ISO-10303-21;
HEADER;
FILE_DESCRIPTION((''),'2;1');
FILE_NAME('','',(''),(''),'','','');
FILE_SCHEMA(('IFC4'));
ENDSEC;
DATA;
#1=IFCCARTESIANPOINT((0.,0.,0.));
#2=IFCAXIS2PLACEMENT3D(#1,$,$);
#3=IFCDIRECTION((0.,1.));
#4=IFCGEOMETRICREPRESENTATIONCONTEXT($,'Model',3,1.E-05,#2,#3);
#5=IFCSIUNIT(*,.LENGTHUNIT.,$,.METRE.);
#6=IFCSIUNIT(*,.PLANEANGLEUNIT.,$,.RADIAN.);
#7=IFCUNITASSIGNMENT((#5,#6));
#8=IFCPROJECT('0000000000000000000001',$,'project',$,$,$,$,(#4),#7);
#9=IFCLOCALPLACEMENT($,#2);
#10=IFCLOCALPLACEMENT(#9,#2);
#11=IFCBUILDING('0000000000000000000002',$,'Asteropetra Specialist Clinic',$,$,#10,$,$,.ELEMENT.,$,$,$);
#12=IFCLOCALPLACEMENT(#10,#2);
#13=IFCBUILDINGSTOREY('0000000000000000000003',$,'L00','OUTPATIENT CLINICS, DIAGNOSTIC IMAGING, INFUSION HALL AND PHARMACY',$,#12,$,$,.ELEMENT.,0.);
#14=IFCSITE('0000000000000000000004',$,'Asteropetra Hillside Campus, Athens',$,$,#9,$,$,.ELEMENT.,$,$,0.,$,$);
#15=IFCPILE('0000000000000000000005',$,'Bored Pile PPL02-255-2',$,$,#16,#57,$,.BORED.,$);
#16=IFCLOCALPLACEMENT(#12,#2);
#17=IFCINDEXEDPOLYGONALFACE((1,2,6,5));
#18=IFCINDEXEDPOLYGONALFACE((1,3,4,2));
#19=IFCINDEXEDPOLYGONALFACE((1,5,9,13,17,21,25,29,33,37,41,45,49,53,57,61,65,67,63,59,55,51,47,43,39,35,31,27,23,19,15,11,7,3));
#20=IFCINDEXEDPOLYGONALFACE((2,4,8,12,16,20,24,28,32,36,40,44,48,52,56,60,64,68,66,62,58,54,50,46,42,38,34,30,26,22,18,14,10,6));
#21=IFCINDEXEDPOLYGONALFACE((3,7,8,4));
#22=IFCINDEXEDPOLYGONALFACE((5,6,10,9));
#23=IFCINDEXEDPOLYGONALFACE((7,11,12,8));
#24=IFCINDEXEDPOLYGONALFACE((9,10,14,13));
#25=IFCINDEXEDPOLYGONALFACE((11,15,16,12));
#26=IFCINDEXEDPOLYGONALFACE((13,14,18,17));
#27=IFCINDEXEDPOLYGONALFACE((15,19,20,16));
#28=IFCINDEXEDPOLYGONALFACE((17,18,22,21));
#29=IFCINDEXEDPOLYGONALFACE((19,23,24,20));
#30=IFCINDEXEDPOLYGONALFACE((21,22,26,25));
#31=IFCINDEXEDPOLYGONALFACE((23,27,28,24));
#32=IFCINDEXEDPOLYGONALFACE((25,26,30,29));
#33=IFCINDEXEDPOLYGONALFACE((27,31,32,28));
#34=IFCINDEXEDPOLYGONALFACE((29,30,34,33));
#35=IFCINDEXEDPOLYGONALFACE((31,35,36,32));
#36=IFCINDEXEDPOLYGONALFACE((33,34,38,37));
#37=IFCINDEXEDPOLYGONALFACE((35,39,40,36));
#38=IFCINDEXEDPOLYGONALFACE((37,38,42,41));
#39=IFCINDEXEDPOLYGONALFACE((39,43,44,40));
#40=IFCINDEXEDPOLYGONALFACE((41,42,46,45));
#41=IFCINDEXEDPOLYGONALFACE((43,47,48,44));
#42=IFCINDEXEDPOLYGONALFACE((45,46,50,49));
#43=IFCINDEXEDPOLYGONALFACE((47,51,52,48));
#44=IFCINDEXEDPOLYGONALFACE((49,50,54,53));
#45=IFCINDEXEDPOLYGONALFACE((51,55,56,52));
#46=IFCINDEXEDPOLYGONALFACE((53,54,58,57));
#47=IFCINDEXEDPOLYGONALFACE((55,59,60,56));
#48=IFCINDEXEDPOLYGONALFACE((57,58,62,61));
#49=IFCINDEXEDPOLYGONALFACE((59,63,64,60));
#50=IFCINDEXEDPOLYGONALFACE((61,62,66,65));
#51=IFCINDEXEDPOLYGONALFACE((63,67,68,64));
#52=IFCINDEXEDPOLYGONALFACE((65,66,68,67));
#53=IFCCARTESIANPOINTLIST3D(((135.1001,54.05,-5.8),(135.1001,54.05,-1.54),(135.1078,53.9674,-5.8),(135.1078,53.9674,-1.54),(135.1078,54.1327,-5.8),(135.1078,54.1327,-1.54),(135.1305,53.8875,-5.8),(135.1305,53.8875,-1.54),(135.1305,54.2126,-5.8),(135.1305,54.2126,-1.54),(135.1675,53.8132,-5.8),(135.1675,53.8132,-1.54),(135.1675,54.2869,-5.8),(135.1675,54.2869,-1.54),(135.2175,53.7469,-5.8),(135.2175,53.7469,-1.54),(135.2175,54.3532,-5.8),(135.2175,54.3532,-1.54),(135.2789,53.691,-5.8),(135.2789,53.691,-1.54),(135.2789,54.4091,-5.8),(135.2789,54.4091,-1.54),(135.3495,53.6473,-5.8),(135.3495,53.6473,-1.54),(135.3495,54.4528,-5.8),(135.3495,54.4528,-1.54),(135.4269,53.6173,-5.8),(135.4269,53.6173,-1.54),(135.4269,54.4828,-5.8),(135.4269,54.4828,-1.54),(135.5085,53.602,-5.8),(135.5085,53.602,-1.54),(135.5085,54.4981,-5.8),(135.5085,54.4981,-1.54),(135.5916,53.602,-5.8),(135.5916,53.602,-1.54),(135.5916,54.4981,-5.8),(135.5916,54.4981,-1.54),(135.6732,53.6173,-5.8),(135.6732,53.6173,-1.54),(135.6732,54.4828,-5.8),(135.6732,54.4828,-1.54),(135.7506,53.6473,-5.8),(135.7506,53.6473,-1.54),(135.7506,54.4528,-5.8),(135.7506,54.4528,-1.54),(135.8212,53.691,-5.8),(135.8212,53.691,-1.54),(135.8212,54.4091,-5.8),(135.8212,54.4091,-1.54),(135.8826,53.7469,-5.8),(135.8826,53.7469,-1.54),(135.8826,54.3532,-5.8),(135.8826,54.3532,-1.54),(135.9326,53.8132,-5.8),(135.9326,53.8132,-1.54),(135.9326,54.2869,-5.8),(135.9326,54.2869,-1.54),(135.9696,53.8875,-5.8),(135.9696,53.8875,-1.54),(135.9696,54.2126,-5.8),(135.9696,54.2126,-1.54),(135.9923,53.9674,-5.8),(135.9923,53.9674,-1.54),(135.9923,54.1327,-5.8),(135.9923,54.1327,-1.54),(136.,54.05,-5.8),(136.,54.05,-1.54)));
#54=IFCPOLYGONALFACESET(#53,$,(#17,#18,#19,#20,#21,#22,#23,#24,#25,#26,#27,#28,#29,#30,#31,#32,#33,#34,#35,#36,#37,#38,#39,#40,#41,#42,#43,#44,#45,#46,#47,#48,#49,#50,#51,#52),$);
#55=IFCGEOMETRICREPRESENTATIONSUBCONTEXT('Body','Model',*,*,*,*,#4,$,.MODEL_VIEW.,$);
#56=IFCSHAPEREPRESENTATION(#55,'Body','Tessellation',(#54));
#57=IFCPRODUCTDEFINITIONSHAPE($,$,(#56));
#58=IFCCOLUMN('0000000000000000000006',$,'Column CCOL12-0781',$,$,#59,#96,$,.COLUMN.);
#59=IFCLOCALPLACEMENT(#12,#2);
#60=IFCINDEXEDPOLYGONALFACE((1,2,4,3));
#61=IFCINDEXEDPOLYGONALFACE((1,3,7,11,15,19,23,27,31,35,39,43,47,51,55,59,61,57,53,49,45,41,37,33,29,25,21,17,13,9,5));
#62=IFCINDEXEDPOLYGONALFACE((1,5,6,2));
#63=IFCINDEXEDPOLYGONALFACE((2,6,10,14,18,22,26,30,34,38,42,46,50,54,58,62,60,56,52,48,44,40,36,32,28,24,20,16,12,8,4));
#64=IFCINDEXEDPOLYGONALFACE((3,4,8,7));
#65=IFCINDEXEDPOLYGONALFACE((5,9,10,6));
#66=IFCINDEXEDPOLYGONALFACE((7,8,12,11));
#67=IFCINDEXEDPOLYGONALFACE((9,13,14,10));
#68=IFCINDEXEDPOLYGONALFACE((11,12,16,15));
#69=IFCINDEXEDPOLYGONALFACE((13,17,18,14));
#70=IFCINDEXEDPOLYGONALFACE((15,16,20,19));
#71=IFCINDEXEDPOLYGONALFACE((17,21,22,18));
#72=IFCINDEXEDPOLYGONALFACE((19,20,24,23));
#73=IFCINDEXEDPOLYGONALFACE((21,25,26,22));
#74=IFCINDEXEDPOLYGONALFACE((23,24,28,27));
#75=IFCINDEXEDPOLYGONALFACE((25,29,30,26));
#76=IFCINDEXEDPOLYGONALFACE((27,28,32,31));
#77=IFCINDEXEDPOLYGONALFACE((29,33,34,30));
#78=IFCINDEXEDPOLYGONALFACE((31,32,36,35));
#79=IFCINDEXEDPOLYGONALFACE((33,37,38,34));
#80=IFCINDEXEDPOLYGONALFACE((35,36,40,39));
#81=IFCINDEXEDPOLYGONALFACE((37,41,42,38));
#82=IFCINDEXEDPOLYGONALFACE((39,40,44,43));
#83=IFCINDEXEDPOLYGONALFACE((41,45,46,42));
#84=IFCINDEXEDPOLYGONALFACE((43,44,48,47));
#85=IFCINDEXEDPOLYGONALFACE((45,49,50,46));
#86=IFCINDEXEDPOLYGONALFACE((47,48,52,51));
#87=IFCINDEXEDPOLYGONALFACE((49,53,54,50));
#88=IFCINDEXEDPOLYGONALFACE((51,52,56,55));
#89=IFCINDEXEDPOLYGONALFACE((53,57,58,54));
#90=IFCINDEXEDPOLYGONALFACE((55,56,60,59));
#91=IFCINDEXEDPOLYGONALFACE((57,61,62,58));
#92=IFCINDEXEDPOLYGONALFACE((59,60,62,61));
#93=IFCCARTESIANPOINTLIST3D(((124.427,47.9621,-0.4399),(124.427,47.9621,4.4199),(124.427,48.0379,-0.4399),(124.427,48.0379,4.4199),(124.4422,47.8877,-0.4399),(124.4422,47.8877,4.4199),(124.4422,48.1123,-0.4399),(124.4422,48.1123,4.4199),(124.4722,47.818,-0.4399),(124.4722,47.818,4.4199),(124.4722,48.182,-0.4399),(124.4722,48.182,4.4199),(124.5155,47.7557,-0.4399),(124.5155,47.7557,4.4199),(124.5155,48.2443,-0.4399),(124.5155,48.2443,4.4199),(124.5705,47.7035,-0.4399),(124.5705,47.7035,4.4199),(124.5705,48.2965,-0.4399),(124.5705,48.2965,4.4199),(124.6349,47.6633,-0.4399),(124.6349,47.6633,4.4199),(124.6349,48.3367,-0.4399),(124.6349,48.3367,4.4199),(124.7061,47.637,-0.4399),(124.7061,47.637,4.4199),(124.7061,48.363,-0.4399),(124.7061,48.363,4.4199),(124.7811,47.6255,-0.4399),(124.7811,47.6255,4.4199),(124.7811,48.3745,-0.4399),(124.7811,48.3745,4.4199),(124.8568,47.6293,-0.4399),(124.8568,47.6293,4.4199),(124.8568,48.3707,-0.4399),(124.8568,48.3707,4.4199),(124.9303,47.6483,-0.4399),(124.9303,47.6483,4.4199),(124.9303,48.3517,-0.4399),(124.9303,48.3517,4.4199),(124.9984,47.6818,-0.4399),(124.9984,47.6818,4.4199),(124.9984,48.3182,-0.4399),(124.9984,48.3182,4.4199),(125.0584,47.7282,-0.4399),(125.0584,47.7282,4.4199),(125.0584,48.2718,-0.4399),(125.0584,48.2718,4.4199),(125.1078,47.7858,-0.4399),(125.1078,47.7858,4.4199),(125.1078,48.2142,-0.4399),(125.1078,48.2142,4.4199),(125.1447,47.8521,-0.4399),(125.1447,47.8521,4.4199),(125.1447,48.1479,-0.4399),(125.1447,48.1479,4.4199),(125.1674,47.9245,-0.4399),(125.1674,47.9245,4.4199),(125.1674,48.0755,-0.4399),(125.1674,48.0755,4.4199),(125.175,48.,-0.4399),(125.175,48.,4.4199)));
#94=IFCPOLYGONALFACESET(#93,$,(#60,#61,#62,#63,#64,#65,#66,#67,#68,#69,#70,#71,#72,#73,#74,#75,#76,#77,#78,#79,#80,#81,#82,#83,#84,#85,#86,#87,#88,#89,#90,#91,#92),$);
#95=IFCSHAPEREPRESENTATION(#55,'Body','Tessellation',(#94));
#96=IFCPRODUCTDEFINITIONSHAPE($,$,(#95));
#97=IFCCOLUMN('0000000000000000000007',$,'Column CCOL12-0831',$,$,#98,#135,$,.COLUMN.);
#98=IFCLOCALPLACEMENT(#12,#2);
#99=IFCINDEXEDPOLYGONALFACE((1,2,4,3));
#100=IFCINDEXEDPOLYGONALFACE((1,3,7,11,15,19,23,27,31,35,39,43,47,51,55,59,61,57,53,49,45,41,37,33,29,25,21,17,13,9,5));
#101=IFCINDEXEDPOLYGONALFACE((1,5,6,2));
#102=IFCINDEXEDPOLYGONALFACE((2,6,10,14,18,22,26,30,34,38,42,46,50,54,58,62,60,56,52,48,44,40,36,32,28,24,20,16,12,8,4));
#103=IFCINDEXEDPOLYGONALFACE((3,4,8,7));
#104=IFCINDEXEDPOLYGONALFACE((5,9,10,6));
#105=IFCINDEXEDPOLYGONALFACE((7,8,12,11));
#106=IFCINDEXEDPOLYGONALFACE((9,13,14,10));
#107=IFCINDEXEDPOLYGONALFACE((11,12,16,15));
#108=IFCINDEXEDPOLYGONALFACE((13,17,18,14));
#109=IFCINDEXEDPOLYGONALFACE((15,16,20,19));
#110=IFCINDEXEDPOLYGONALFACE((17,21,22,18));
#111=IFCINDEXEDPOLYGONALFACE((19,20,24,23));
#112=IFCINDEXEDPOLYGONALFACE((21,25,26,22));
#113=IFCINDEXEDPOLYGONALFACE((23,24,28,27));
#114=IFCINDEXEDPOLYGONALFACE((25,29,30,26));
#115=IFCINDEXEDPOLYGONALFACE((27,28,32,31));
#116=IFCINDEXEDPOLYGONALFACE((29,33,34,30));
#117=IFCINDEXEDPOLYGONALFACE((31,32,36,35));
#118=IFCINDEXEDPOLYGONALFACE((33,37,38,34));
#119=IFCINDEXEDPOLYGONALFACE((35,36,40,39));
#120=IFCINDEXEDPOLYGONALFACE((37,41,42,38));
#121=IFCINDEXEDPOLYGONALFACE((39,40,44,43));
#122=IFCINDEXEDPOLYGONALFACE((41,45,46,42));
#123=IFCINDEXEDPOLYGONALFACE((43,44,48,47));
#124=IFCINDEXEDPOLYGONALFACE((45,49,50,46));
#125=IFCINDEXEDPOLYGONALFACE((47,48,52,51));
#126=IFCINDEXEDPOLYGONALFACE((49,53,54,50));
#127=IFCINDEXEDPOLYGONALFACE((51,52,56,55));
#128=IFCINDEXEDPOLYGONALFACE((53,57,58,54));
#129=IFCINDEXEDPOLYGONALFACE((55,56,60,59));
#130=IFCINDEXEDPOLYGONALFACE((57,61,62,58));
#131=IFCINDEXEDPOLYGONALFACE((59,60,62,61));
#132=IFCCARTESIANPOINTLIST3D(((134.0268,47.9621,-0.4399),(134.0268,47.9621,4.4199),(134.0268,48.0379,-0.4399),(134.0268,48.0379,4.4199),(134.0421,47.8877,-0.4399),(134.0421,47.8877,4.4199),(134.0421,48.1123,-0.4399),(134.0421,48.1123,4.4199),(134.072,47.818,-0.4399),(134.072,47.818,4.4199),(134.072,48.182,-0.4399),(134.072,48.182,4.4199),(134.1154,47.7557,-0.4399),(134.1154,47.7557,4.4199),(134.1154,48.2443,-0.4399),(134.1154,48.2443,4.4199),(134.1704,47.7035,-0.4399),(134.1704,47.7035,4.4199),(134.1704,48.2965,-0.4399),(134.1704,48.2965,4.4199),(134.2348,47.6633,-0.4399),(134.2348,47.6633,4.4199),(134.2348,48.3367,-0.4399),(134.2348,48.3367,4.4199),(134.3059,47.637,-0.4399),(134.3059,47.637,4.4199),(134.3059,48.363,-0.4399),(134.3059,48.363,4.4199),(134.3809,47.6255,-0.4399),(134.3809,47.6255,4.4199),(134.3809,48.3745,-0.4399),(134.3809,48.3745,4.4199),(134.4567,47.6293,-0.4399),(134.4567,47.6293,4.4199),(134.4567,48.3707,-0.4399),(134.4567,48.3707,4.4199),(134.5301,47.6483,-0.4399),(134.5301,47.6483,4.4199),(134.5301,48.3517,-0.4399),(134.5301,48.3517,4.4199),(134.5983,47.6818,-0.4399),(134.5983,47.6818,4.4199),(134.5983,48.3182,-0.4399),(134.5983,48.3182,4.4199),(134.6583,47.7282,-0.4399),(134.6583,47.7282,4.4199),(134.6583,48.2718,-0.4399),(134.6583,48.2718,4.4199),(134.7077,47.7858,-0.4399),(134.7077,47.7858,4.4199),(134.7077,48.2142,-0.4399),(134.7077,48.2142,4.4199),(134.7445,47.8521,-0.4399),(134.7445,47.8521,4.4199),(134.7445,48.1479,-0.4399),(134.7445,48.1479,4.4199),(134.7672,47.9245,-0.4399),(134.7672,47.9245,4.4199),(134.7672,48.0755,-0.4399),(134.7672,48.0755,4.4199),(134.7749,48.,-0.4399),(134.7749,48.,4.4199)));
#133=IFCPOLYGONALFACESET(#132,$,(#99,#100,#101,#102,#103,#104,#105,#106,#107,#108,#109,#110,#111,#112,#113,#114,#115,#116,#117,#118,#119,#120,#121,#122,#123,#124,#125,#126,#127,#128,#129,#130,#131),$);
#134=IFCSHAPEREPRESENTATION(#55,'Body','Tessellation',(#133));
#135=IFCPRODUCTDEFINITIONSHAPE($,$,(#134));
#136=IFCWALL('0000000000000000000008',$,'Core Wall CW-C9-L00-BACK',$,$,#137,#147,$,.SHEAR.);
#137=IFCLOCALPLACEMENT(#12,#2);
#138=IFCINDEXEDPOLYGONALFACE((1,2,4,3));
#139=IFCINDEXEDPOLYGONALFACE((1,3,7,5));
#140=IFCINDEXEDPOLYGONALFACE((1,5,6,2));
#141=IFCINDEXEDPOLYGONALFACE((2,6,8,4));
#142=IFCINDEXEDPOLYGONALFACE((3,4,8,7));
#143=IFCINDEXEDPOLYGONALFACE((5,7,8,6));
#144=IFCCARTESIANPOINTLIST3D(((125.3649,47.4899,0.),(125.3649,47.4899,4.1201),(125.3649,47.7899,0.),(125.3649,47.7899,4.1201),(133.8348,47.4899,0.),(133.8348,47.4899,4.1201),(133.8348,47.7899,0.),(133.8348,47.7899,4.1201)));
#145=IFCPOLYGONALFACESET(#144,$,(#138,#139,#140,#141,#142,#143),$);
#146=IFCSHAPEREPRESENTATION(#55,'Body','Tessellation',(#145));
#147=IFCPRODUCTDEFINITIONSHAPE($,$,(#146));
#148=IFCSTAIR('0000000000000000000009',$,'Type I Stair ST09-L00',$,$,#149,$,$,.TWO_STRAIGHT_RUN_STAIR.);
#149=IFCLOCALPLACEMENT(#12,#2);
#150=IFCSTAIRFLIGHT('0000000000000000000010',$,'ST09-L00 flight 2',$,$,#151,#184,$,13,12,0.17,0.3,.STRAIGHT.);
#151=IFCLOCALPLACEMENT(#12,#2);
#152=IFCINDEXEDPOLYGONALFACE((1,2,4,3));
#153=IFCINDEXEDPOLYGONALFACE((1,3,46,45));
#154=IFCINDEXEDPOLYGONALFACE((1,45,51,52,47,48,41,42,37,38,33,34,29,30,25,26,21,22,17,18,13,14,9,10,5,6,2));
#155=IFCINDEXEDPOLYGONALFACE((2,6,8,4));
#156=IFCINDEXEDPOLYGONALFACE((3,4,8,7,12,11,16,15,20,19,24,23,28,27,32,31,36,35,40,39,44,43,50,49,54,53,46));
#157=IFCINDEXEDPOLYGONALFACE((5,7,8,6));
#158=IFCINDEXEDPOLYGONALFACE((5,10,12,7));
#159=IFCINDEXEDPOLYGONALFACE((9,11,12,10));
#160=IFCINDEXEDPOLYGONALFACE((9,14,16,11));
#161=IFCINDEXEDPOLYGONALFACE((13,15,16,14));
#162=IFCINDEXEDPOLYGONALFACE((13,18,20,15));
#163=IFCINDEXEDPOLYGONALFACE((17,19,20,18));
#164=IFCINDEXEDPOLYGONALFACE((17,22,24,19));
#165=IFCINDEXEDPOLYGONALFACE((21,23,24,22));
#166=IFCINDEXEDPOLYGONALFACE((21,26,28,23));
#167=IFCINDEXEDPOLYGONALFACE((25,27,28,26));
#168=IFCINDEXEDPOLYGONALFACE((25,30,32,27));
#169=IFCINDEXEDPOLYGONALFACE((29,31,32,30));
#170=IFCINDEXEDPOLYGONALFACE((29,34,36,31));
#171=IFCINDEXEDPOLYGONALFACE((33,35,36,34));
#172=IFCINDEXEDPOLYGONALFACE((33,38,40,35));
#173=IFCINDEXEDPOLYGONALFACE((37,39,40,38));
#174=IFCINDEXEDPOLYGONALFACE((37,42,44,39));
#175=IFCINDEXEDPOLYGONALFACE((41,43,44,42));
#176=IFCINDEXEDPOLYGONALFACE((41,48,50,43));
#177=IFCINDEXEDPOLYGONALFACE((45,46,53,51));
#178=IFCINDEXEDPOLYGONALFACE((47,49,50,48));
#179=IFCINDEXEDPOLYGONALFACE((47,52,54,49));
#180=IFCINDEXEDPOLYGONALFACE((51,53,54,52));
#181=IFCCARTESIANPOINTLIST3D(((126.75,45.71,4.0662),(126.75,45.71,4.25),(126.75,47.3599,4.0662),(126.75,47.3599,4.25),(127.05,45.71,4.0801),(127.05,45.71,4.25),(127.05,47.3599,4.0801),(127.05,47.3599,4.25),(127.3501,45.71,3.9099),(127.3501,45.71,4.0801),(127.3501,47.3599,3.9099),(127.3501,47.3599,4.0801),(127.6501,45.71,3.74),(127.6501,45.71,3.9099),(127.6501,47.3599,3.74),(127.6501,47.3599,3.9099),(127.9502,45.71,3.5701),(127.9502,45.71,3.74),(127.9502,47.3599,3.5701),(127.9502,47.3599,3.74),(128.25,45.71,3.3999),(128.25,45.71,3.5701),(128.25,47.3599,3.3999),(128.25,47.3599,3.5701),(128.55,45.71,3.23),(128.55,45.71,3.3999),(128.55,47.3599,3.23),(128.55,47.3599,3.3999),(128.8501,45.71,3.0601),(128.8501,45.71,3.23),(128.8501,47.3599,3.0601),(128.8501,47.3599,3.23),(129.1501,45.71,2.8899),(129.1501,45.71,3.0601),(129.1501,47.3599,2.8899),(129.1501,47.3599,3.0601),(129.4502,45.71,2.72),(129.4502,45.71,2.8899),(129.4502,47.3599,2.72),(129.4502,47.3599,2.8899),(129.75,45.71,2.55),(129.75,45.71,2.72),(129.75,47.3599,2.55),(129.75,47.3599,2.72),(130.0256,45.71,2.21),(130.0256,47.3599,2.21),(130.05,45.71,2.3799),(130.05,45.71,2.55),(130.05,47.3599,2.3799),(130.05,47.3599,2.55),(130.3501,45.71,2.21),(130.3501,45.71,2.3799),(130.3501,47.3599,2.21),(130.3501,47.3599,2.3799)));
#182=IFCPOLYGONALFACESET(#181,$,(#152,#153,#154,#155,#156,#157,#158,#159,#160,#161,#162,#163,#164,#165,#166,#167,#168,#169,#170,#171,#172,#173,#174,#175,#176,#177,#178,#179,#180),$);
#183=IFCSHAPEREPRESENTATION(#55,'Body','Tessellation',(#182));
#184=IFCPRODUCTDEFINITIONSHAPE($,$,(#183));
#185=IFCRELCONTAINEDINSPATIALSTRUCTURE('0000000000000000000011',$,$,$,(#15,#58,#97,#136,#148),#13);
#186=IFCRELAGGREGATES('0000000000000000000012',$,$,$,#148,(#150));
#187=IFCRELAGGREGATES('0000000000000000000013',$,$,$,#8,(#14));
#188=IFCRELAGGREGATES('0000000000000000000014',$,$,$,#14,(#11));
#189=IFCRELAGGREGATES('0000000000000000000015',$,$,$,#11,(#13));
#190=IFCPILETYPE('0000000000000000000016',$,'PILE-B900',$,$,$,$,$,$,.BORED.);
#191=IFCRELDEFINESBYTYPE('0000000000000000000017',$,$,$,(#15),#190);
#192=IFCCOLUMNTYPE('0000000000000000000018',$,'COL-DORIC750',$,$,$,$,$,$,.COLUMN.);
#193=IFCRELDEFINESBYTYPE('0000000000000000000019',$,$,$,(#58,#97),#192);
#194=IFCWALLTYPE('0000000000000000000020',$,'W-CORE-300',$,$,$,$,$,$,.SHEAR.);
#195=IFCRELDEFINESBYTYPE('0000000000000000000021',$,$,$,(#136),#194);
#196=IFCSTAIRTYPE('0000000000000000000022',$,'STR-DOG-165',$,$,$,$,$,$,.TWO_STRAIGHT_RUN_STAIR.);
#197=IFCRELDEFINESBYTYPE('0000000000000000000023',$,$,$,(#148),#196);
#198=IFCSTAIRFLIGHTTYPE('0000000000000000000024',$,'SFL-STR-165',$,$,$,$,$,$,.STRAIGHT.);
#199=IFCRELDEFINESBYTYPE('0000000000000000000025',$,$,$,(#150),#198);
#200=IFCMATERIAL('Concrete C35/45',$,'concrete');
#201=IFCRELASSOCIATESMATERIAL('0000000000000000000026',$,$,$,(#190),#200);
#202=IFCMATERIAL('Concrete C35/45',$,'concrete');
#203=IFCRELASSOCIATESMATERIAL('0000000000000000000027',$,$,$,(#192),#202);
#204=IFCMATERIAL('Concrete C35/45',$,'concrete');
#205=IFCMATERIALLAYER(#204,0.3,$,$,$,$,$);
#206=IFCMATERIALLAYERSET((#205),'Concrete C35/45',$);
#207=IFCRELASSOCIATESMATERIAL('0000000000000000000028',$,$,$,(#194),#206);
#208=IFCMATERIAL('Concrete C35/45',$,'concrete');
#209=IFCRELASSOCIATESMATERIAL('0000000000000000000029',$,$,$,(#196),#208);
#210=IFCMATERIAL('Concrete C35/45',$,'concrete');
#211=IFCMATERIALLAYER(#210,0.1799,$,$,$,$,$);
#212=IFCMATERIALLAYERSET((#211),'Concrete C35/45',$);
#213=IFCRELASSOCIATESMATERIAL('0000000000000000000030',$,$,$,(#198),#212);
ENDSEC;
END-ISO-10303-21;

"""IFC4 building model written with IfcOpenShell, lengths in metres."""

from ifc_helpers import new_model, si_unit, direction, frame, frame_2d, origin, origin_2d, place, context, subcontext, project, spatial, polyline, rectangle, circle, outline, extrude, material, layer, layer_set, material_profile, profile_set, type_object, element, aggregate, save


model = new_model("IFC4")

# Units and contexts
model_context = context("Model", 3, precision=1e-05, world=origin(), true_north=direction((0.0, 1.0)))
body_context = subcontext(model_context, "Body", "Model", "MODEL_VIEW")
ifc_project = project(units=[si_unit("LENGTHUNIT", "METRE"), si_unit("PLANEANGLEUNIT", "RADIAN")], contexts=[model_context])

# Site, building, storey
site_placement = place(None, origin())
site = spatial("IfcSite", under=ifc_project, at=site_placement, Name="Asteropetra Hillside Campus, Athens", CompositionType="ELEMENT", RefElevation=0.0)
building_placement = place(site_placement, origin())
building = spatial("IfcBuilding", under=site, at=building_placement, Name="Asteropetra Specialist Clinic", CompositionType="ELEMENT")
storey_placement = place(building_placement, origin())
storey = spatial("IfcBuildingStorey", under=building, at=storey_placement, Name="L00", Description="OUTPATIENT CLINICS, DIAGNOSTIC IMAGING, INFUSION HALL AND PHARMACY", CompositionType="ELEMENT", Elevation=0.0)

# Pile
ifc_material_1 = material(Name="Concrete C35/45", Category="concrete")
ifc_material_profile_1 = material_profile(ifc_material_1, circle(Radius=0.45, at=origin_2d()), Name="PILE D900")
ifc_profile_set_1 = profile_set([ifc_material_profile_1], Name="Concrete C35/45")
pile_type_1 = type_object("IfcPileType", Name="PILE-B900", PredefinedType="BORED", material=ifc_profile_set_1)
for number, where, z_axis, x_axis, name in (
    (1, (135.55, 54.05, -1.54), (0.0, 0.0, -1.0), (1.0, 0.0, 0.0), "Bored Pile PPL02-255-2"),
):
    element("IfcPile", number, at=place(storey_placement, frame(where, z_axis=z_axis, x_axis=x_axis)), inside=storey, type_object=pile_type_1, Name=name, PredefinedType="BORED", context=body_context, shape_type="SweptSolid", body=[
        extrude(circle(Radius=0.45, at=origin_2d()), origin(), (0.0, 0.0, 1.0), 4.26),
    ])

# Columns
ifc_material_2 = material(Name="Concrete C35/45", Category="concrete")
ifc_material_profile_2 = material_profile(ifc_material_2, circle(Radius=0.375, at=origin_2d()), Name="RCC D750")
ifc_profile_set_2 = profile_set([ifc_material_profile_2], Name="Concrete C35/45")
column_type = type_object("IfcColumnType", Name="COL-DORIC750", PredefinedType="COLUMN", material=ifc_profile_set_2)
for number, where, z_axis, x_axis, name in (
    (2, (124.8, 48.0, -0.4399), (0.0, 0.0, 1.0), (1.0, 0.0, 0.0), "Column CCOL12-0781"),
    (3, (134.3999, 48.0, -0.4399), (0.0, 0.0, 1.0), (1.0, 0.0, 0.0), "Column CCOL12-0831"),
):
    element("IfcColumn", number, at=place(storey_placement, frame(where, z_axis=z_axis, x_axis=x_axis)), inside=storey, type_object=column_type, Name=name, PredefinedType="COLUMN", context=body_context, shape_type="SweptSolid", body=[
        extrude(circle(Radius=0.375, at=origin_2d()), origin(), (0.0, 0.0, 1.0), 4.8599),
    ])

# Wall
ifc_material_3 = material(Name="Concrete C35/45", Category="concrete")
ifc_layer_1 = layer(ifc_material_3, 0.3)
ifc_layer_set_1 = layer_set([ifc_layer_1], Name="Concrete C35/45")
wall_type = type_object("IfcWallType", Name="W-CORE-300", PredefinedType="SHEAR", material=ifc_layer_set_1)
wall_placement = place(storey_placement, frame((125.365, 47.6399, 0.0), z_axis=(0.0, 0.0, 1.0), x_axis=(1.0, 0.0, 0.0)))
element("IfcWall", 4, at=wall_placement, inside=storey, type_object=wall_type, Name="Core Wall CW-C9-L00-BACK", PredefinedType="SHEAR", context=body_context, shape_type="SweptSolid", body=[
    extrude(rectangle(XDim=8.47, YDim=0.3, at=frame_2d((4.2349, 0.0))), origin(), (0.0, 0.0, 1.0), 4.1201),
])

# Stair, stair flight
ifc_material_4 = material(Name="Concrete C35/45", Category="concrete")
stair_type = type_object("IfcStairType", Name="STR-DOG-165", PredefinedType="TWO_STRAIGHT_RUN_STAIR", material=ifc_material_4)
stair_placement = place(storey_placement, origin())
stair = element("IfcStair", 5, at=stair_placement, inside=storey, type_object=stair_type, Name="Type I Stair ST09-L00", PredefinedType="TWO_STRAIGHT_RUN_STAIR")
ifc_material_5 = material(Name="Concrete C35/45", Category="concrete")
ifc_layer_2 = layer(ifc_material_5, 0.1799)
ifc_layer_set_2 = layer_set([ifc_layer_2], Name="Concrete C35/45")
stair_flight_type = type_object("IfcStairFlightType", Name="SFL-STR-165", PredefinedType="STRAIGHT", material=ifc_layer_set_2)
stair_flight_placement = place(storey_placement, frame((130.3501, 46.5349, 2.21), z_axis=(0.0, 0.0, 1.0), x_axis=(-1.0, 0.0, 0.0)))
stair_flight = element("IfcStairFlight", 6, at=stair_flight_placement, type_object=stair_flight_type, Name="ST09-L00 flight 2", NumberOfRisers=13, NumberOfTreads=12, PredefinedType="STRAIGHT", RiserHeight=0.17, TreadLength=0.3, context=body_context, shape_type="SweptSolid", body=[
    extrude(outline(polyline([(0.0, 0.0), (0.0, 0.1699), (0.3, 0.1699), (0.3, 0.3401), (0.6001, 0.3401), (0.6001, 0.51), (0.8999, 0.51), (0.8999, 0.6799), (1.2, 0.6799), (1.2, 0.8501), (1.5, 0.8501), (1.5, 1.02), (1.8, 1.02), (1.8, 1.1899), (2.1001, 1.1899), (2.1001, 1.3601), (2.3999, 1.3601), (2.3999, 1.53), (2.7, 1.53), (2.7, 1.7), (3.0, 1.7), (3.0, 1.8701), (3.3, 1.8701), (3.3, 2.04), (3.6001, 2.04), (3.6001, 2.21), (3.6001, 1.8562), (0.3245, 0.0), (0.0, 0.0)])), frame((0.0, 0.825, 0.0), z_axis=(0.0, -1.0, 0.0), x_axis=(1.0, 0.0, 0.0)), (0.0, 0.0, 1.0), 1.6499),
])
aggregate(stair, [stair_flight])

save(model, "model.ifc")
